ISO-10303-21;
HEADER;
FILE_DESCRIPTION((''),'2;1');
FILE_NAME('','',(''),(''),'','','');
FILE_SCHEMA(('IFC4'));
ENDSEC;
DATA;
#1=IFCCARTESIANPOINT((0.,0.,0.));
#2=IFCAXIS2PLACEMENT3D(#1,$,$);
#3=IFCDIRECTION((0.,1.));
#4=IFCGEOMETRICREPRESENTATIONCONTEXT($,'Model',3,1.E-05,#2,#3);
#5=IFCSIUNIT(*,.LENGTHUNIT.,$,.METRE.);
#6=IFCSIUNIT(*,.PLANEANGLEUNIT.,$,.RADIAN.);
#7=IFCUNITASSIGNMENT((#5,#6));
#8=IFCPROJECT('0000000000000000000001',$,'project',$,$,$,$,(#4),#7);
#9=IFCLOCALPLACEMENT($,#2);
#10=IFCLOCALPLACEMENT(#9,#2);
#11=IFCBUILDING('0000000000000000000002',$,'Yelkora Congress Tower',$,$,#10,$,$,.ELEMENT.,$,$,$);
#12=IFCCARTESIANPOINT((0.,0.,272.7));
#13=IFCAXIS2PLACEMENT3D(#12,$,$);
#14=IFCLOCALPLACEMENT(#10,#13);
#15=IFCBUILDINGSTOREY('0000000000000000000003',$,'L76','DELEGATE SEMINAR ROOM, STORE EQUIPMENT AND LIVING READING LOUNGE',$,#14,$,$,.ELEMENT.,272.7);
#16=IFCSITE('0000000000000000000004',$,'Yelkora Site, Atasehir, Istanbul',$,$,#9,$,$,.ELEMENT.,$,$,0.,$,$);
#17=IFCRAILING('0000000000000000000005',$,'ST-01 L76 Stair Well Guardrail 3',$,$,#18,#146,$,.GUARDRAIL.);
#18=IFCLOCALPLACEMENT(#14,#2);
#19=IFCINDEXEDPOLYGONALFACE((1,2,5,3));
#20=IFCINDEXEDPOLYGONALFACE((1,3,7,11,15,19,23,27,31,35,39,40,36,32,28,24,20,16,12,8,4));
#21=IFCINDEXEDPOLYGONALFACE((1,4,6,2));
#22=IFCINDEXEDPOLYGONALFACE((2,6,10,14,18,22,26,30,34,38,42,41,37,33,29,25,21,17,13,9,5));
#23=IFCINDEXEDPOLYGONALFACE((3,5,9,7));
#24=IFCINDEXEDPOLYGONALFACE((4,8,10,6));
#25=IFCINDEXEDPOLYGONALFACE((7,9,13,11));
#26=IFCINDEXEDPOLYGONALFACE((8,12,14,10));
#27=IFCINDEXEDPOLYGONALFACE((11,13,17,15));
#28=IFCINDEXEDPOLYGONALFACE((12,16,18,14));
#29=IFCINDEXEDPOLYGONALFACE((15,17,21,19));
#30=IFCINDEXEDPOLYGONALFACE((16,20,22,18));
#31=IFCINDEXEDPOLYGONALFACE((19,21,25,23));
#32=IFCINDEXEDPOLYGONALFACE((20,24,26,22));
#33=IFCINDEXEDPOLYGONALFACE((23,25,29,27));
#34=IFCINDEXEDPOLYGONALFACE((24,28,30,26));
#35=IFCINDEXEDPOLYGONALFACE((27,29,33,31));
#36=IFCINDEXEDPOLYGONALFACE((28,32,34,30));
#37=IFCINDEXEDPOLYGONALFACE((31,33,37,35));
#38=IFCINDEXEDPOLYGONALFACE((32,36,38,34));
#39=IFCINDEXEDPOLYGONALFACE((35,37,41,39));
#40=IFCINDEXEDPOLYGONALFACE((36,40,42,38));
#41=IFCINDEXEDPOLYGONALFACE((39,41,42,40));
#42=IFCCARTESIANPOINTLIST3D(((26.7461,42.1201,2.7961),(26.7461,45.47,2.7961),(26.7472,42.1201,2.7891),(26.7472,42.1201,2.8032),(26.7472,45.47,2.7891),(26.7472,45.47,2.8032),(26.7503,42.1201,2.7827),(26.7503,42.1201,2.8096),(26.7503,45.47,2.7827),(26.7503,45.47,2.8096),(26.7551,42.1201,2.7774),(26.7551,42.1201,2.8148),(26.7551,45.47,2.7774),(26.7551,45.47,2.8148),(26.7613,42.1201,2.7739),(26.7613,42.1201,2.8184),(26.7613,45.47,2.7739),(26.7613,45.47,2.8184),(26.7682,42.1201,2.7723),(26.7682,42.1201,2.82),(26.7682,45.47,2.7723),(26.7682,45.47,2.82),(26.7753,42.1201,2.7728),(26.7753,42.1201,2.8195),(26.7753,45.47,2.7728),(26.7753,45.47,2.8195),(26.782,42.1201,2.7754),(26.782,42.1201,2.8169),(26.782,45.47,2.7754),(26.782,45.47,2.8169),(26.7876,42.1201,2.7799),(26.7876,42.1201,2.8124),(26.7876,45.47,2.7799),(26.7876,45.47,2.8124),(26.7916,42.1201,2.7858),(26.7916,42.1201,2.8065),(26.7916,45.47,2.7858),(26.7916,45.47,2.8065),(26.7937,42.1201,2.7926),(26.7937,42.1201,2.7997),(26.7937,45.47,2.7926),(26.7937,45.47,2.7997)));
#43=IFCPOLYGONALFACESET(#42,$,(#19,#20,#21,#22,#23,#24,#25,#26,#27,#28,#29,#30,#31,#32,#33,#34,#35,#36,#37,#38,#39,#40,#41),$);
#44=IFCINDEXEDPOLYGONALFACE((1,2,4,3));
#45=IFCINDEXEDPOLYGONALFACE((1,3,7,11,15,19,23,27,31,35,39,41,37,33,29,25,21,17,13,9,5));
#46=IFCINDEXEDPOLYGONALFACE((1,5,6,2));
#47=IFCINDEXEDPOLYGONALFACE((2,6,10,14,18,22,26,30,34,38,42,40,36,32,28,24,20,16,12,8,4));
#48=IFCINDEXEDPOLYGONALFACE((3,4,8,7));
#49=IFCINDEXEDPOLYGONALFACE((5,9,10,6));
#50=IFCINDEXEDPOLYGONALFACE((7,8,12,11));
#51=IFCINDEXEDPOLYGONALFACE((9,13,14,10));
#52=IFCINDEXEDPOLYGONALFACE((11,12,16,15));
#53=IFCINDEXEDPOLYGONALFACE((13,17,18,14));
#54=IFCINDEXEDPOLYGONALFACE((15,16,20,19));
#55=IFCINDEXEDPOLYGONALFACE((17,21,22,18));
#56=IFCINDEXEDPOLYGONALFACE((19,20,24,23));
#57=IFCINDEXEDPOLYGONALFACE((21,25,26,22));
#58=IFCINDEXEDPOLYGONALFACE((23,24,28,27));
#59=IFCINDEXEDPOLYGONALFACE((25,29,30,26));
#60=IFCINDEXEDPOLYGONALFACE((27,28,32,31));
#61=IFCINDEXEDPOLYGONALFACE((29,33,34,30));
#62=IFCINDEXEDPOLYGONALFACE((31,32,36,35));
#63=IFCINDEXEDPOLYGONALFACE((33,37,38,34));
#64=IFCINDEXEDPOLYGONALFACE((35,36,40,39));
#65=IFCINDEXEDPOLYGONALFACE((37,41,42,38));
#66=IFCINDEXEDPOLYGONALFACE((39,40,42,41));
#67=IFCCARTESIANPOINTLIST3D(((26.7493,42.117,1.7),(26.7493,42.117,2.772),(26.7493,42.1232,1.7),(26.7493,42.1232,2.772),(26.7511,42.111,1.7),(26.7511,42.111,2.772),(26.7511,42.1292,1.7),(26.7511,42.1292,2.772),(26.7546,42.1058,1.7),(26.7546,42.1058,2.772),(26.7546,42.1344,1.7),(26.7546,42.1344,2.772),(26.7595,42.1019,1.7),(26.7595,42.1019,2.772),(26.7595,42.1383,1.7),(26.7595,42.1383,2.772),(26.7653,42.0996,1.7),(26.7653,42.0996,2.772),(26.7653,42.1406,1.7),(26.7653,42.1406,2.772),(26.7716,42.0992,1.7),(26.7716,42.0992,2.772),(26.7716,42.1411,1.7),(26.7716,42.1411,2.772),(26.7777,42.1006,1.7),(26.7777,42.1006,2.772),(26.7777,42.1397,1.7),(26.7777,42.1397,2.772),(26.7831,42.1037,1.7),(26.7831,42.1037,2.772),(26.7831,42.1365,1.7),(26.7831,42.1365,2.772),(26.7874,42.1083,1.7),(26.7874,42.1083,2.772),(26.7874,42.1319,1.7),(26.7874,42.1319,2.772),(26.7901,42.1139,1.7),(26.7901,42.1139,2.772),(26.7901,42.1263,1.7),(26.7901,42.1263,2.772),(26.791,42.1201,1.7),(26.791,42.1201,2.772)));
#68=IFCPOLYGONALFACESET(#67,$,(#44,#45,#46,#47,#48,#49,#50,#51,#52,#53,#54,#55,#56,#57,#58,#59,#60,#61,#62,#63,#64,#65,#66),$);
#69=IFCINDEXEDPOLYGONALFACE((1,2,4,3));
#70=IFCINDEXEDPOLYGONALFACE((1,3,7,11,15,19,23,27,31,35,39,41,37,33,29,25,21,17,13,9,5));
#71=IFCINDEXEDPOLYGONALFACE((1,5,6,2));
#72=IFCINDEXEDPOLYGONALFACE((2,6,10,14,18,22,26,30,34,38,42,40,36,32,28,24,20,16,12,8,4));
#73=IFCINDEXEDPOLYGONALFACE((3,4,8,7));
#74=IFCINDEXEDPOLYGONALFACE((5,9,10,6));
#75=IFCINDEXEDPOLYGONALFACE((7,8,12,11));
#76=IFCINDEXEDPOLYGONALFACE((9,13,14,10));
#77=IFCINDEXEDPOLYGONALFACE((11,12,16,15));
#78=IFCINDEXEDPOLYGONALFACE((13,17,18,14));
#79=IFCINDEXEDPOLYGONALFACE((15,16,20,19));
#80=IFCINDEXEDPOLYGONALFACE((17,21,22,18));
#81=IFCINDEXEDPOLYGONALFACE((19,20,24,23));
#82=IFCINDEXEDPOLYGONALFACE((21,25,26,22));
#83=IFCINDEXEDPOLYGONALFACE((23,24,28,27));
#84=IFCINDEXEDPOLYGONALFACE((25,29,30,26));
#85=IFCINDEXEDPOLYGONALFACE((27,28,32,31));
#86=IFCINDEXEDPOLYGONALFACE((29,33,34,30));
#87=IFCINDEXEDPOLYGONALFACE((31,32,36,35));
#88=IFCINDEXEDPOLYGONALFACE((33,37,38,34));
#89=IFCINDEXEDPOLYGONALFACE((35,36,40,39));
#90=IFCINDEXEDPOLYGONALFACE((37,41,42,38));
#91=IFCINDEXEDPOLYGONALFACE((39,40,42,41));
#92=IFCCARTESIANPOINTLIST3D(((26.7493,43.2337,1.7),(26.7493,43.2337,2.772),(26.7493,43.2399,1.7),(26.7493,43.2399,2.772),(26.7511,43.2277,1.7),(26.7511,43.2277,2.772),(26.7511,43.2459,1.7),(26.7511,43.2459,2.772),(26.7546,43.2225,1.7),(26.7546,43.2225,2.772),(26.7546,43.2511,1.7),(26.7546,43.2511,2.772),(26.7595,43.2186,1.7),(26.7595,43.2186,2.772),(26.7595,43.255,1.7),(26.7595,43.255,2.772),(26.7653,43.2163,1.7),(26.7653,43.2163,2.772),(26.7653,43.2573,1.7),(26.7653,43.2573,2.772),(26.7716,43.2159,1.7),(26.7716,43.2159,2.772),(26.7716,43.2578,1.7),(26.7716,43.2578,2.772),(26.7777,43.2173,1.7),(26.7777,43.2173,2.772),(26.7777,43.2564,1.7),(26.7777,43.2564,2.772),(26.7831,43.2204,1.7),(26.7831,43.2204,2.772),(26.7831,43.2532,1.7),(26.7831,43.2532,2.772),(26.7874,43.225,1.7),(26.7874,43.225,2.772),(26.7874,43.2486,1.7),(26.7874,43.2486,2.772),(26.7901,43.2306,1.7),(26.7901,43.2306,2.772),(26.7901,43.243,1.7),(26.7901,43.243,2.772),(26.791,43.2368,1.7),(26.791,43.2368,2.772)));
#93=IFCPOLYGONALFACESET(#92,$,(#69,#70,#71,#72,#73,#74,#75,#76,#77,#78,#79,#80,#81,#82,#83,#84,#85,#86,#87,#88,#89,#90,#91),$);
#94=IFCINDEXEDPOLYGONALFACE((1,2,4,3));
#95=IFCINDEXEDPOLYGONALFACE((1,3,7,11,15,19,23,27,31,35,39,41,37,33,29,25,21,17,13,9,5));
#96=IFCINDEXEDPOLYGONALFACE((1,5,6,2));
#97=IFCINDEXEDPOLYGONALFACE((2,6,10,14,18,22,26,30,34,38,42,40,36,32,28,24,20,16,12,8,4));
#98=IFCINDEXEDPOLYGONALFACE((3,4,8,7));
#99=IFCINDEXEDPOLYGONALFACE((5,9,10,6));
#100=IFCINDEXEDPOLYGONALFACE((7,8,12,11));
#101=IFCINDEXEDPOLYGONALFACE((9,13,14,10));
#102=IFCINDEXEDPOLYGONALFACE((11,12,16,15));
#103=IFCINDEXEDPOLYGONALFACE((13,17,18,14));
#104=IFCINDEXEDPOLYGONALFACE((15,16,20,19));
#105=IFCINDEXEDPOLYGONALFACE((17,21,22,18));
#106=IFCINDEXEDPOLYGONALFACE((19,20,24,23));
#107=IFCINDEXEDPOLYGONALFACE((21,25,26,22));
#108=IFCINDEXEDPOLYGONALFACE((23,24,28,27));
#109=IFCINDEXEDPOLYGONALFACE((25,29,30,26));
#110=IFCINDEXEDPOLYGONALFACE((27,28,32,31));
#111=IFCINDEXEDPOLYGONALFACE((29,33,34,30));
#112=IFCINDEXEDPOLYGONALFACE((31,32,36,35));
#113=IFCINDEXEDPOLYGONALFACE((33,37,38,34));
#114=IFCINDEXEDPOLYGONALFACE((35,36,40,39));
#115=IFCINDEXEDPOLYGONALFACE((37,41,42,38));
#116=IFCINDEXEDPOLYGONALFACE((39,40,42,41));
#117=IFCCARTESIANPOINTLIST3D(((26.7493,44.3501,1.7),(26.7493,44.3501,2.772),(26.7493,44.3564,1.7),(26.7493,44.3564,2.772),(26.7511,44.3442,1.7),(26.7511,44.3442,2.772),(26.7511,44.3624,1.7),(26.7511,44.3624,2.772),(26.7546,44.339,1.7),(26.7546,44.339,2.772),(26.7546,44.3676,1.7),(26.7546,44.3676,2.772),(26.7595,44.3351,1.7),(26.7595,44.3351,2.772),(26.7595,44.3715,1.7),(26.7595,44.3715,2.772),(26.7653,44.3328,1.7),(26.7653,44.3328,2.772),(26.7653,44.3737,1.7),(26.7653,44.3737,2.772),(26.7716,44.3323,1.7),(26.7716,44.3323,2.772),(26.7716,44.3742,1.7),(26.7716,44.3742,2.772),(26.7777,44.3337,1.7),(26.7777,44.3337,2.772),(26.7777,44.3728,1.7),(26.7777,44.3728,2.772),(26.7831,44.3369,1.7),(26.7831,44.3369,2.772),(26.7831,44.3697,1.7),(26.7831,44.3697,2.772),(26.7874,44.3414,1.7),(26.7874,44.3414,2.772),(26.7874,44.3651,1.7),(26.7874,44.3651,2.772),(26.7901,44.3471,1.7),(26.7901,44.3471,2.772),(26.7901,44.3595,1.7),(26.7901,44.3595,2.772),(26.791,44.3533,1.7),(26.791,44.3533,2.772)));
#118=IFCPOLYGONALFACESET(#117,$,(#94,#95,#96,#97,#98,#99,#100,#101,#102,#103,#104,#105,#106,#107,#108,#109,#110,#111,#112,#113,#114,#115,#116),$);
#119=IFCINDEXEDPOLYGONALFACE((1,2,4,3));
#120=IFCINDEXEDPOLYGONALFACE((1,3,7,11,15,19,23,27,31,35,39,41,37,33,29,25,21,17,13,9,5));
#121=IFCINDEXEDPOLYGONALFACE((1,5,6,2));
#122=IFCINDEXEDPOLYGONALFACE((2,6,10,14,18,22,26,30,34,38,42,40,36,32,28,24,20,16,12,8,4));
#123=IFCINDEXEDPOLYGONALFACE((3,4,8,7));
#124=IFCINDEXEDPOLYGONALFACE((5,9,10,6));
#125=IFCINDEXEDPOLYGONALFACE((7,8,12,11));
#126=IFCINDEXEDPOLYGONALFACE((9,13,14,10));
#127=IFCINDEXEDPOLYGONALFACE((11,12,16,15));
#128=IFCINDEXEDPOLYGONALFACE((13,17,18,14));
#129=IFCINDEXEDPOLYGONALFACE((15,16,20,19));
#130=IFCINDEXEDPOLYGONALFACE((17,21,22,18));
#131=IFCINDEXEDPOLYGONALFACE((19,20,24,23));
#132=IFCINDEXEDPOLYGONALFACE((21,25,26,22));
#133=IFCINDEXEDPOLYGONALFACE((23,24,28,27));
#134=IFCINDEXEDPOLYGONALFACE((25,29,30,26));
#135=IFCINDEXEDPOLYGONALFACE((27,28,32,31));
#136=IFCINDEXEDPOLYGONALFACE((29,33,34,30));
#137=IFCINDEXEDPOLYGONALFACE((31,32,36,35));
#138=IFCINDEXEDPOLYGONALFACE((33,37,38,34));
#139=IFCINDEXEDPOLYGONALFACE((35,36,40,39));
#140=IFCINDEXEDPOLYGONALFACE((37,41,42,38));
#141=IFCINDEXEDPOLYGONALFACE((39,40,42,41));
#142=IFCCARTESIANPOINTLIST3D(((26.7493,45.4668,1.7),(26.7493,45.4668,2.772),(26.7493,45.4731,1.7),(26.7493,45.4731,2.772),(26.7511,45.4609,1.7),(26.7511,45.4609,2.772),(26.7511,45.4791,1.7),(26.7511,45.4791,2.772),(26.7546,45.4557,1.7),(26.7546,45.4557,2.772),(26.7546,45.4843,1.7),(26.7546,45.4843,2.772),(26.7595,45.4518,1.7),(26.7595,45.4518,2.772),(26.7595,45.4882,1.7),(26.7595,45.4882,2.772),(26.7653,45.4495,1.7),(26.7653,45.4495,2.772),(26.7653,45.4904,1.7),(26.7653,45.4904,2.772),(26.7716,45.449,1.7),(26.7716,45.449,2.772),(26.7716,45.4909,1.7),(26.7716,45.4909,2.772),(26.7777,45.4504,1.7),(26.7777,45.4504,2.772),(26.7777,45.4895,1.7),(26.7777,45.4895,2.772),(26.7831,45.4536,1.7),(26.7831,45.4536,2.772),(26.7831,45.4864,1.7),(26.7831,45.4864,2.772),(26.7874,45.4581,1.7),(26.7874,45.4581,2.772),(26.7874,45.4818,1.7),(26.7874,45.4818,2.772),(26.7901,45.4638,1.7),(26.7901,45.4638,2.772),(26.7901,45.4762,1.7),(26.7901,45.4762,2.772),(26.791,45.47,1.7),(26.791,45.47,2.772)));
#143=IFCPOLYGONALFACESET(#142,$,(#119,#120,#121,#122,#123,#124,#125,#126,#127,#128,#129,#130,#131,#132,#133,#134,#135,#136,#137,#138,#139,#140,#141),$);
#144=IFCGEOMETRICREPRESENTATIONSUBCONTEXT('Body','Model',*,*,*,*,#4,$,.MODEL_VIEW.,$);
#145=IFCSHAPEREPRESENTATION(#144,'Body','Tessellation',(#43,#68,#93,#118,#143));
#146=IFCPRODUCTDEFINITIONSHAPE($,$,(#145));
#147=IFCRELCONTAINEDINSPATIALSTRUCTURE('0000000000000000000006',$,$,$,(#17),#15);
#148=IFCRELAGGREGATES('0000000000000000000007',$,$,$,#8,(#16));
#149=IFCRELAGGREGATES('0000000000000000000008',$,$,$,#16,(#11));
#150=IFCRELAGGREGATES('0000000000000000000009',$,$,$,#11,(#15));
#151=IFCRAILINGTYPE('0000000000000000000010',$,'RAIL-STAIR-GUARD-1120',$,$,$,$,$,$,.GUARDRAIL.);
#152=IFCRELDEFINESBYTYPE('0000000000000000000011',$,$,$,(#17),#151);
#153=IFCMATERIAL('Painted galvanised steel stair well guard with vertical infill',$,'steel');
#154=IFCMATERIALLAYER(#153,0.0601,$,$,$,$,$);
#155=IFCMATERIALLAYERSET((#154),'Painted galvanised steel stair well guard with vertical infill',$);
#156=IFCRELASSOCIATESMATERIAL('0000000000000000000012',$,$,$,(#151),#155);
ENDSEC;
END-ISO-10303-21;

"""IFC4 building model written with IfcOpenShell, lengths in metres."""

from ifc_helpers import new_model, si_unit, direction, frame, origin, origin_2d, place, context, subcontext, project, spatial, circle, extrude, material, layer, layer_set, type_object, element, save


model = new_model("IFC4")

# Units and contexts
model_context = context("Model", 3, precision=1e-05, world=origin(), true_north=direction((0.0, 1.0)))
body_context = subcontext(model_context, "Body", "Model", "MODEL_VIEW")
ifc_project = project(units=[si_unit("LENGTHUNIT", "METRE"), si_unit("PLANEANGLEUNIT", "RADIAN")], contexts=[model_context])

# Site, building, storey
site_placement = place(None, origin())
site = spatial("IfcSite", under=ifc_project, at=site_placement, Name="Yelkora Site, Atasehir, Istanbul", CompositionType="ELEMENT", RefElevation=0.0)
building_placement = place(site_placement, origin())
building = spatial("IfcBuilding", under=site, at=building_placement, Name="Yelkora Congress Tower", CompositionType="ELEMENT")
storey_placement = place(building_placement, frame((0.0, 0.0, 272.7)))
storey = spatial("IfcBuildingStorey", under=building, at=storey_placement, Name="L76", Description="DELEGATE SEMINAR ROOM, STORE EQUIPMENT AND LIVING READING LOUNGE", CompositionType="ELEMENT", Elevation=272.7)

# Railing
ifc_material_1 = material(Name="Painted galvanised steel stair well guard with vertical infill", Category="steel")
ifc_layer_1 = layer(ifc_material_1, 0.0601)
ifc_layer_set_1 = layer_set([ifc_layer_1], Name="Painted galvanised steel stair well guard with vertical infill")
railing_type_1 = type_object("IfcRailingType", Name="RAIL-STAIR-GUARD-1120", PredefinedType="GUARDRAIL", material=ifc_layer_set_1)
for number, where, name in (
    (1, (26.77, 42.1201, 1.7), "ST-01 L76 Stair Well Guardrail 3"),
):
    element("IfcRailing", number, at=place(storey_placement, frame(where)), inside=storey, type_object=railing_type_1, Name=name, PredefinedType="GUARDRAIL", context=body_context, shape_type="SweptSolid", body=[
        extrude(circle(Radius=0.0239, at=origin_2d()), frame((0.0, 0.0, 1.0962), z_axis=(0.0, 1.0, 0.0), x_axis=(-1.0, 0.0, 0.0)), (0.0, 0.0, 1.0), 3.3499),
        extrude(circle(Radius=0.021, at=origin_2d()), origin(), (0.0, 0.0, 1.0), 1.072),
        extrude(circle(Radius=0.021, at=origin_2d()), frame((0.0, 1.1167, 0.0)), (0.0, 0.0, 1.0), 1.072),
        extrude(circle(Radius=0.021, at=origin_2d()), frame((0.0, 2.2332, 0.0)), (0.0, 0.0, 1.0), 1.072),
        extrude(circle(Radius=0.021, at=origin_2d()), frame((0.0, 3.3499, 0.0)), (0.0, 0.0, 1.0), 1.072),
    ])

save(model, "model.ifc")
